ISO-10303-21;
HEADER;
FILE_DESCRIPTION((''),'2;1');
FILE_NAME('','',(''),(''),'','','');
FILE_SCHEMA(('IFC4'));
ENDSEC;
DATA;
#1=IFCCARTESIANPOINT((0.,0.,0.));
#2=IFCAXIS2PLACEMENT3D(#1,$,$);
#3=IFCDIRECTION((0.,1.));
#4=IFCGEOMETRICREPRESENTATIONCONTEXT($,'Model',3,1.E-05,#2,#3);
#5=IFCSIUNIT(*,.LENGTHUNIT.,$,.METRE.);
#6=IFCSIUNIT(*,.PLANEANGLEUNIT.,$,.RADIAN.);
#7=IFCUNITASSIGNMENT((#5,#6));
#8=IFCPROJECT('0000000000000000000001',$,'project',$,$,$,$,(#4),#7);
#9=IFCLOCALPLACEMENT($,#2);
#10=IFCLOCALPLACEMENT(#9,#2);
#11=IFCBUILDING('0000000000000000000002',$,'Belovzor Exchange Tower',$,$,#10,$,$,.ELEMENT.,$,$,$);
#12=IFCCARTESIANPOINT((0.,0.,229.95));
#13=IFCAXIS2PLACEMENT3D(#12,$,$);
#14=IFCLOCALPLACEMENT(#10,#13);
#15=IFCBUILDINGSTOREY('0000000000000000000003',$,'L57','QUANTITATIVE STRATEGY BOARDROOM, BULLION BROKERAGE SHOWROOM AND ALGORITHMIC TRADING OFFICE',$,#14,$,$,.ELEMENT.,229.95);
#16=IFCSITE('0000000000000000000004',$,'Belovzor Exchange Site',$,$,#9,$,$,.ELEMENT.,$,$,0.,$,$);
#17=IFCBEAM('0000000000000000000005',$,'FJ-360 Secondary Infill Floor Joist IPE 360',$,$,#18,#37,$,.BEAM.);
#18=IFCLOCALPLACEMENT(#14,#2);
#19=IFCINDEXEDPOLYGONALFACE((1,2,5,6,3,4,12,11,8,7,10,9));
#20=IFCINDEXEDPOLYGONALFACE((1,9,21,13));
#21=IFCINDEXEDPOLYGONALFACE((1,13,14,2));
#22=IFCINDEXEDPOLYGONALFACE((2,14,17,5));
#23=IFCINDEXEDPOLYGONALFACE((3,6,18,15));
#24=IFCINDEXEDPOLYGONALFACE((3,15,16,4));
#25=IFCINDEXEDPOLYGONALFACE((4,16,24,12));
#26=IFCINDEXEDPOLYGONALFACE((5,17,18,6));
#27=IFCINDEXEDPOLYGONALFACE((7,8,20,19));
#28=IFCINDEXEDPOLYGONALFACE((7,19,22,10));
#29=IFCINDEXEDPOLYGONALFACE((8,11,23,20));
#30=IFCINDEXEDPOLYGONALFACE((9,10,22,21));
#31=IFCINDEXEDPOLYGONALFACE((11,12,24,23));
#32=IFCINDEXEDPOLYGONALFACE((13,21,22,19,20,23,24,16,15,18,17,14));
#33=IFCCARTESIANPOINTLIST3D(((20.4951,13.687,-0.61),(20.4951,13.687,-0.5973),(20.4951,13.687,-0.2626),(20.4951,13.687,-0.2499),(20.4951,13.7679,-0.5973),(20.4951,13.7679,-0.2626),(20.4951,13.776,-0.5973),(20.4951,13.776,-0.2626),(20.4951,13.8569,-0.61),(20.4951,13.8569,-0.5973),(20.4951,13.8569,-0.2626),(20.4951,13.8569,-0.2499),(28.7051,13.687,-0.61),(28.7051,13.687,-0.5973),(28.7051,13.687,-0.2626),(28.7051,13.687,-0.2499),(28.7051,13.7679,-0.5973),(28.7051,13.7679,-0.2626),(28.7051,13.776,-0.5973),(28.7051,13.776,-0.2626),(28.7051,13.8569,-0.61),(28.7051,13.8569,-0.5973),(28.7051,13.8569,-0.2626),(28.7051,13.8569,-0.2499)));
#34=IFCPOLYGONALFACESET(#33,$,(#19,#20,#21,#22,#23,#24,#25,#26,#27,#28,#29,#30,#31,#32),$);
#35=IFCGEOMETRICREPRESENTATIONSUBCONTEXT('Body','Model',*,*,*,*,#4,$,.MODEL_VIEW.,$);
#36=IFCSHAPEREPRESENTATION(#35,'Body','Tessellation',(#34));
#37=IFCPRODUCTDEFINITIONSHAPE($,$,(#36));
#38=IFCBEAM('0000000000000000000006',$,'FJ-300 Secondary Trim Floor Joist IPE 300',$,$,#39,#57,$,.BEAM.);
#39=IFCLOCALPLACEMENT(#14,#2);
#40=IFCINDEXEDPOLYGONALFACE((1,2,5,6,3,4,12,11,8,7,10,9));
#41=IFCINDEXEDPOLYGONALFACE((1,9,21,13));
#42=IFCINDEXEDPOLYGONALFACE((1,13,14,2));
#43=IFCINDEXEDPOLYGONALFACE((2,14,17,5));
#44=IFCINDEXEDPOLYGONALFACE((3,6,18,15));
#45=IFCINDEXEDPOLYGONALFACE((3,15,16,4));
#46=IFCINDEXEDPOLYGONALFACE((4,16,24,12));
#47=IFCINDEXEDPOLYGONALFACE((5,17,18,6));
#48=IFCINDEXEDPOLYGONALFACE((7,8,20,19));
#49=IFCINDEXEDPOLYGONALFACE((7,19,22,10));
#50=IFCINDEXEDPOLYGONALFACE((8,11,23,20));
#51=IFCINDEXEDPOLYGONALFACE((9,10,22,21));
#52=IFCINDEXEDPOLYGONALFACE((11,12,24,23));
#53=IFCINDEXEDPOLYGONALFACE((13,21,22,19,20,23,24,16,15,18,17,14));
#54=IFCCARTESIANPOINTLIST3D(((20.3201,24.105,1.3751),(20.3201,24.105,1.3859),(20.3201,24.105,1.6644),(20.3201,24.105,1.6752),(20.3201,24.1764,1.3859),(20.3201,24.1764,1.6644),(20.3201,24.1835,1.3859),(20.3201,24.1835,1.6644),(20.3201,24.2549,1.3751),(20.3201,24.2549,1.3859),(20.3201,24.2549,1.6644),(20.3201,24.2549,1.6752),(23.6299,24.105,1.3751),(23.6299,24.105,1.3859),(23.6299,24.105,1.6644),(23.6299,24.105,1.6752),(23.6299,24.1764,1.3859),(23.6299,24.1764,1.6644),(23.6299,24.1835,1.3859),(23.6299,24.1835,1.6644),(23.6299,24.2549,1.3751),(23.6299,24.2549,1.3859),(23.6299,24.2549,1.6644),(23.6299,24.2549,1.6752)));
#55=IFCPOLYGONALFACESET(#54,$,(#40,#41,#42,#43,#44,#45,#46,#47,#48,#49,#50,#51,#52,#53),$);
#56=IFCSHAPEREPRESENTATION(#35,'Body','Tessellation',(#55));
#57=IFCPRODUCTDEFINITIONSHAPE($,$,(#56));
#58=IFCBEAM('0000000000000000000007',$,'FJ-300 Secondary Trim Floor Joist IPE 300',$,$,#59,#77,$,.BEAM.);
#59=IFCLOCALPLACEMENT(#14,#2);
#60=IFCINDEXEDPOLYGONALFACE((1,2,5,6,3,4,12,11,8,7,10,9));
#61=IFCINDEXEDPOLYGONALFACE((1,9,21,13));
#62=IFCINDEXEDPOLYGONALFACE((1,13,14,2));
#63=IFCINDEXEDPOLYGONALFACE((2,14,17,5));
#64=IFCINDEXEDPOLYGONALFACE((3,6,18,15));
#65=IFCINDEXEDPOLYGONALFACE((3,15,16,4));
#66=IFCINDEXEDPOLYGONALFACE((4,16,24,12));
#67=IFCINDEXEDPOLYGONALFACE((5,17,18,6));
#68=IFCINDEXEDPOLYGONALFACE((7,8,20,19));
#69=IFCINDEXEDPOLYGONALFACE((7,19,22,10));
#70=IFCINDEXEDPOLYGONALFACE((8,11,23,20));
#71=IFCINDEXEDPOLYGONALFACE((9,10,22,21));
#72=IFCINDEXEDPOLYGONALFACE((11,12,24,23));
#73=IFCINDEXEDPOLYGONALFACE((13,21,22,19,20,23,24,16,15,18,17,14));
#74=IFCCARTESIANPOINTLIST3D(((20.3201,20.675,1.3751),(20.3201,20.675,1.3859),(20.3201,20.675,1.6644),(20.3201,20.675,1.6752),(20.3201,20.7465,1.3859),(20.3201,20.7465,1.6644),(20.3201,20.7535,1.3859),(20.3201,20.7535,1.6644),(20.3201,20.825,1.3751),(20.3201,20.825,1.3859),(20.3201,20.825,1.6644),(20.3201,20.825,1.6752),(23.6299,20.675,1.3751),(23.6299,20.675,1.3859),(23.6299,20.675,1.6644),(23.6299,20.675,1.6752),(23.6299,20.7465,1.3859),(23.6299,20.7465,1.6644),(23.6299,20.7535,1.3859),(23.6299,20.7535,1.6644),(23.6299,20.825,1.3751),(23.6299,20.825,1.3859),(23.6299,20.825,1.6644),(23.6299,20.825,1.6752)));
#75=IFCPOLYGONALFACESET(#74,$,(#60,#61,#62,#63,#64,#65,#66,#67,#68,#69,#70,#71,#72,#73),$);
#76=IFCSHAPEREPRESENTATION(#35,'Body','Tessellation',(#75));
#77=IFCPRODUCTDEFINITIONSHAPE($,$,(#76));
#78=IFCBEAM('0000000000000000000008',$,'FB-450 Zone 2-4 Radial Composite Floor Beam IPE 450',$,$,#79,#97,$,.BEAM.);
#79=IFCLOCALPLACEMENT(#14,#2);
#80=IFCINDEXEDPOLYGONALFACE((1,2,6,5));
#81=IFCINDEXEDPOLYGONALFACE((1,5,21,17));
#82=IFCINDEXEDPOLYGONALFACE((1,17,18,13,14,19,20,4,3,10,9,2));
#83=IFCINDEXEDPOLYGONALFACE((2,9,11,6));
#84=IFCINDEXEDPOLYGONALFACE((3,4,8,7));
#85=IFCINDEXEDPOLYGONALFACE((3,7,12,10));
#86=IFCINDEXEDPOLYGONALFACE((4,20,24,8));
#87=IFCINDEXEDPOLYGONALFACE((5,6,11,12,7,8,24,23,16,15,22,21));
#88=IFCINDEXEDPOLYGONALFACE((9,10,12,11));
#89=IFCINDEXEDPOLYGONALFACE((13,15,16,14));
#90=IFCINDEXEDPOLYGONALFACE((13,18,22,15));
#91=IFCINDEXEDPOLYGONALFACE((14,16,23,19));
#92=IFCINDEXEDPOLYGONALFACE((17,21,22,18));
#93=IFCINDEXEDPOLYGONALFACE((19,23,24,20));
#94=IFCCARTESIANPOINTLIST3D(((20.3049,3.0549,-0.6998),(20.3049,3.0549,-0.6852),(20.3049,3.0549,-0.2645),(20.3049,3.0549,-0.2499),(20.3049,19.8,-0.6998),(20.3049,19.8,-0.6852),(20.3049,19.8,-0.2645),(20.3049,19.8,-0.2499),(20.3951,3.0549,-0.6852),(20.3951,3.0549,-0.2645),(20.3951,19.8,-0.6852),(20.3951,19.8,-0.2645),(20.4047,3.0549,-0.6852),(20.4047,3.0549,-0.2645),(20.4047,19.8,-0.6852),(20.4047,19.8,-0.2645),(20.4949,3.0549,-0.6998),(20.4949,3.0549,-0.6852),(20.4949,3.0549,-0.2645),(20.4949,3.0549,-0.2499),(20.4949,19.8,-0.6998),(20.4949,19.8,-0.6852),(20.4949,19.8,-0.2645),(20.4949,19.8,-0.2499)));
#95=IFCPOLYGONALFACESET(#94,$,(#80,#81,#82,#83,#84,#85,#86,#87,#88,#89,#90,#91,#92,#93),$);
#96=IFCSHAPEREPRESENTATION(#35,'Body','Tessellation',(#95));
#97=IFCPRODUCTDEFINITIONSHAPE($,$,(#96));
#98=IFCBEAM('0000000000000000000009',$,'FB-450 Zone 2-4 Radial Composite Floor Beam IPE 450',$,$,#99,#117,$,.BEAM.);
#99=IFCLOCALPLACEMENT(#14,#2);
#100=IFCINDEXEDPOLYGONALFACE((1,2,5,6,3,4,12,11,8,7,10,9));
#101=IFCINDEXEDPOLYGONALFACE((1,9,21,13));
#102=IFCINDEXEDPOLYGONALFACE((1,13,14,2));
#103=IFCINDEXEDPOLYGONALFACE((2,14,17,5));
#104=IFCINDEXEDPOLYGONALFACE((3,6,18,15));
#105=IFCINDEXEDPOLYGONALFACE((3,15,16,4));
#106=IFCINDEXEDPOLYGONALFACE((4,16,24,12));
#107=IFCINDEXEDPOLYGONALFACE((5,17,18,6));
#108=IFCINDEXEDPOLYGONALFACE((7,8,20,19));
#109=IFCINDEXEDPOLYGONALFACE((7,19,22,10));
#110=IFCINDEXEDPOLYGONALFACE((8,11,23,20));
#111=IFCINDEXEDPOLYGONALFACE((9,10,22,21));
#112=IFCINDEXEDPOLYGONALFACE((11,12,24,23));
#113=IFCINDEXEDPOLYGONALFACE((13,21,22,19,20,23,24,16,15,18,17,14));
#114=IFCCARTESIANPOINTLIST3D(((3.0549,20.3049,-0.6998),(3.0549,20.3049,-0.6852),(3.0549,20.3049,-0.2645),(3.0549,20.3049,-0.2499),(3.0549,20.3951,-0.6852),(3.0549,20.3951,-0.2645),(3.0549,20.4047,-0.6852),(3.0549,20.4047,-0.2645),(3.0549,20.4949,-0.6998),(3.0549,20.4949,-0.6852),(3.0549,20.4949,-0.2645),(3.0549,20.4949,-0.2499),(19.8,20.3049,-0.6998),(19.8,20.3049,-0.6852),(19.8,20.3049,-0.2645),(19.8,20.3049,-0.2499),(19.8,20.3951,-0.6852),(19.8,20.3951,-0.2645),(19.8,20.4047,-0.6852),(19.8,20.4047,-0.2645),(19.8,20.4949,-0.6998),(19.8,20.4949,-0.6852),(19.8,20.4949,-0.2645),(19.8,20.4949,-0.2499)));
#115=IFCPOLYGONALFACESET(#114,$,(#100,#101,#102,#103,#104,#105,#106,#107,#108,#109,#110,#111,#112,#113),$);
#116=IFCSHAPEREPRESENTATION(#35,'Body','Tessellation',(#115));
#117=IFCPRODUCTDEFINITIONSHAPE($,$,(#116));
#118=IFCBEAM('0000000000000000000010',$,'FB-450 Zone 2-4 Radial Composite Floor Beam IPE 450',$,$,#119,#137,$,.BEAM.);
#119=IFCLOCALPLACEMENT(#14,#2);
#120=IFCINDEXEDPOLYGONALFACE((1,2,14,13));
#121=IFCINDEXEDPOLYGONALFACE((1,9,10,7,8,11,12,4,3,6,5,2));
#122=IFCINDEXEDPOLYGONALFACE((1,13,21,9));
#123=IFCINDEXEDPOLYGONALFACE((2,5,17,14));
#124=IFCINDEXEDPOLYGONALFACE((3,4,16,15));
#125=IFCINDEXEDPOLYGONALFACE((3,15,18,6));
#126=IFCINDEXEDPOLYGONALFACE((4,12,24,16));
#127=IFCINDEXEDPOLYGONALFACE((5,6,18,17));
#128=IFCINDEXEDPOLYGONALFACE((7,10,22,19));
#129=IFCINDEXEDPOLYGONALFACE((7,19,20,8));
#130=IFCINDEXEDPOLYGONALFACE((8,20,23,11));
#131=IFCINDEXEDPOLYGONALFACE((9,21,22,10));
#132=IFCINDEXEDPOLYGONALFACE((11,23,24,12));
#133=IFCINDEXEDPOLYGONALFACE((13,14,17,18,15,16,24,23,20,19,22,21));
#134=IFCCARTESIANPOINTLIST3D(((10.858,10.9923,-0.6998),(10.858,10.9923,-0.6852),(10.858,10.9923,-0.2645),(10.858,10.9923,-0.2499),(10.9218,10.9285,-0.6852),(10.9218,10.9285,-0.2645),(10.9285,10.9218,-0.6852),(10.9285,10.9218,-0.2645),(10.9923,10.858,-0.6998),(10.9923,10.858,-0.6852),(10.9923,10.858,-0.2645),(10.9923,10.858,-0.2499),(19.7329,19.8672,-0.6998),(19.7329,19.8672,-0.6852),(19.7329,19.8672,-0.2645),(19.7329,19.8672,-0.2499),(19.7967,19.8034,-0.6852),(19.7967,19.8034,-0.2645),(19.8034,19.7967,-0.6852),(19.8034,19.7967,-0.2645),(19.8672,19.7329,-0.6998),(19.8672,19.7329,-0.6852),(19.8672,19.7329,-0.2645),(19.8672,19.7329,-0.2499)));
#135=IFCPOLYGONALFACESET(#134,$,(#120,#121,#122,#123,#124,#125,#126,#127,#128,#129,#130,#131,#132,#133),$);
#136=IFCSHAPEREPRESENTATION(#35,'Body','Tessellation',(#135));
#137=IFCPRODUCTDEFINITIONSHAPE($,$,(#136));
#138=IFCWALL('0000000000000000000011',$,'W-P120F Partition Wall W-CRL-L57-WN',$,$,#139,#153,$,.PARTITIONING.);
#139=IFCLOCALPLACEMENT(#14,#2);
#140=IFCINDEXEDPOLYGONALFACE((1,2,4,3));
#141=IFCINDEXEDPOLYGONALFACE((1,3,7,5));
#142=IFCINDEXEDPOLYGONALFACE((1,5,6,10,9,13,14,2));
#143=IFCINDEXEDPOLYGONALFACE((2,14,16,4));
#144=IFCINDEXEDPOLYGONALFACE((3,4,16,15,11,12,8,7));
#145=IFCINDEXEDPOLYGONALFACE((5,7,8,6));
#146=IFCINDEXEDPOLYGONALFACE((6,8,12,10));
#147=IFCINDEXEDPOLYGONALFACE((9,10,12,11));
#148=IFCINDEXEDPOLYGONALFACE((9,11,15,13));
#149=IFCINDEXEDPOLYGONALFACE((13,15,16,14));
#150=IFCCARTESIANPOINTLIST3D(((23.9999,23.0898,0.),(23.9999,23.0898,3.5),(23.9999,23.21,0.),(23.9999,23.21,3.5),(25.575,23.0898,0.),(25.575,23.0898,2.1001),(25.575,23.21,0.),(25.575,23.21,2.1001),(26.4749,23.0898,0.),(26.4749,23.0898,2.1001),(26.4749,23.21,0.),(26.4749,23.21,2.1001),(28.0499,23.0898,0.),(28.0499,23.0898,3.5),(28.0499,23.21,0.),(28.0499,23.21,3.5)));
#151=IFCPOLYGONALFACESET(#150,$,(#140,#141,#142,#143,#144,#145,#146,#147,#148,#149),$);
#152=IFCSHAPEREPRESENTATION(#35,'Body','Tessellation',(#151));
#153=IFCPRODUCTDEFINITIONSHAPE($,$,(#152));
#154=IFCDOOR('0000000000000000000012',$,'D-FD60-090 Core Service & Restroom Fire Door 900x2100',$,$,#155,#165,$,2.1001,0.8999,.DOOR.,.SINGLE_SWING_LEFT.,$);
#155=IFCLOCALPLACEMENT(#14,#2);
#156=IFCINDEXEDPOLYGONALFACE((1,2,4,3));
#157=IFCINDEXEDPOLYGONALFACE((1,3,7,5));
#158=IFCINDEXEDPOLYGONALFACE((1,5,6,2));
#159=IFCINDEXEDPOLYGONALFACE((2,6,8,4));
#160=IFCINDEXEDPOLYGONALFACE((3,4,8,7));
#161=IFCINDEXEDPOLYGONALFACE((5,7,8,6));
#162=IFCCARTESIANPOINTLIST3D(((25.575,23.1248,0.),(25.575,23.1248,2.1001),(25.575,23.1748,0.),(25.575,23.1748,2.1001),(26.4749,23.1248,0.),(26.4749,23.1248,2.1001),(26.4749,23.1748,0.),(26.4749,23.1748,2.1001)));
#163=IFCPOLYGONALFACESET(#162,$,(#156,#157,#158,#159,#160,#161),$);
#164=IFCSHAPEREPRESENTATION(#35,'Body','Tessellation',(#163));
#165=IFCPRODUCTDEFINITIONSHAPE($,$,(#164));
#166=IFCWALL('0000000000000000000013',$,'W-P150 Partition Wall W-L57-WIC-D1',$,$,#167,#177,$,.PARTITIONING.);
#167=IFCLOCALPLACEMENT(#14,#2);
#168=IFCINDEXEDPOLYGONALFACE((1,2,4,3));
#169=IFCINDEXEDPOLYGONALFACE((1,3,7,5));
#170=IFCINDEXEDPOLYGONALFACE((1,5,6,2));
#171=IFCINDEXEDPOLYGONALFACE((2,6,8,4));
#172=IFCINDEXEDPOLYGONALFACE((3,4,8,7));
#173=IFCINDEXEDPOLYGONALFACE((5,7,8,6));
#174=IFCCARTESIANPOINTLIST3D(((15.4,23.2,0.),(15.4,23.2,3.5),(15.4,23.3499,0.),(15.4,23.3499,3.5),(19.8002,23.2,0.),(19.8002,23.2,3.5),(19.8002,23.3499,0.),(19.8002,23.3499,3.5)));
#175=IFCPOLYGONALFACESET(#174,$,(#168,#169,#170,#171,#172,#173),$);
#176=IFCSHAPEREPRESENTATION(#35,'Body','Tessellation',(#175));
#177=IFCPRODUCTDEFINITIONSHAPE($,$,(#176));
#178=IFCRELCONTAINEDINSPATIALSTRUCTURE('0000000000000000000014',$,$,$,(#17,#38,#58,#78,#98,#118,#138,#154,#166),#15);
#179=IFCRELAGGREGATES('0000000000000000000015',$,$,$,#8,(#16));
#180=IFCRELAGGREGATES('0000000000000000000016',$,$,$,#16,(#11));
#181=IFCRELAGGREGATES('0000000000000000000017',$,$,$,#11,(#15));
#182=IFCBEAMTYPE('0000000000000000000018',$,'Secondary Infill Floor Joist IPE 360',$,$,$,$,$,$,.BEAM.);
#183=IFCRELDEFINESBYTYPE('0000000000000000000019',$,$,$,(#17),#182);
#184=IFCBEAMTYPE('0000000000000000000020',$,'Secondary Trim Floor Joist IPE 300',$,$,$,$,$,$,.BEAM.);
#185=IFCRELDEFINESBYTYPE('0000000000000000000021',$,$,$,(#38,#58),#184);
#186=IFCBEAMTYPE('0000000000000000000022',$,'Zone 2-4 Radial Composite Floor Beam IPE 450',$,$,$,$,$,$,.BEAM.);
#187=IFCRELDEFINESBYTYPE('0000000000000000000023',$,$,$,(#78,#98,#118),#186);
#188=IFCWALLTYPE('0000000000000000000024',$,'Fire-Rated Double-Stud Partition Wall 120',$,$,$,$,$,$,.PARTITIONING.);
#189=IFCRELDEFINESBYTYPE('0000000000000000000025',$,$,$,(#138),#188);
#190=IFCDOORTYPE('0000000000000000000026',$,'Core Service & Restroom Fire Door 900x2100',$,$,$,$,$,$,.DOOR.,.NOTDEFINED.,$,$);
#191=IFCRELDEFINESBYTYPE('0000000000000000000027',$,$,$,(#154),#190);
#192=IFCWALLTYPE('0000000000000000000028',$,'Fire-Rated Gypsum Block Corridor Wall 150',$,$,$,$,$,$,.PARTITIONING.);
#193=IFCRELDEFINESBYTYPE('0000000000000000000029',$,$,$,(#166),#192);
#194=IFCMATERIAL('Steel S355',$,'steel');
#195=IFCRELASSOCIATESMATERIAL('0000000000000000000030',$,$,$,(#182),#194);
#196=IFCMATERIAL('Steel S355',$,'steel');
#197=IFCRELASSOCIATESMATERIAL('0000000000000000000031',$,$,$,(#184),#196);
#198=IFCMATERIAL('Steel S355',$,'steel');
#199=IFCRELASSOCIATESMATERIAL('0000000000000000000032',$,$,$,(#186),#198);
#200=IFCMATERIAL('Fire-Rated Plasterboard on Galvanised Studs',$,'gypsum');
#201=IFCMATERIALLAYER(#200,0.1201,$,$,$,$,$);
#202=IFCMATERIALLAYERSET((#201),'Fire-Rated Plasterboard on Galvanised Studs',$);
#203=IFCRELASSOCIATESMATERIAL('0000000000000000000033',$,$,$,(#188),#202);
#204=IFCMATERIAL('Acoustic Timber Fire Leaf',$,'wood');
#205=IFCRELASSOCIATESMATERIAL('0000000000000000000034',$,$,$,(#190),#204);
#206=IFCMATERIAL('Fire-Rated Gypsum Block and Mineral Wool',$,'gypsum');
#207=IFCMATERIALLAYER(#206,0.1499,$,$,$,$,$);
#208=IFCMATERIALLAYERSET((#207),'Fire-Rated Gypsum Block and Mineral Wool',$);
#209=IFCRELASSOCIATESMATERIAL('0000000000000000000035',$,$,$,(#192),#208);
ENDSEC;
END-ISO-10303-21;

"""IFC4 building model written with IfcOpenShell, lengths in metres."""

from ifc_helpers import new_model, si_unit, direction, frame, frame_2d, origin, origin_2d, place, context, subcontext, project, spatial, rectangle, i_section, extrude, material, layer, layer_set, material_profile, profile_set, type_object, element, fill, save


model = new_model("IFC4")

# Units and contexts
model_context = context("Model", 3, precision=1e-05, world=origin(), true_north=direction((0.0, 1.0)))
body_context = subcontext(model_context, "Body", "Model", "MODEL_VIEW")
ifc_project = project(units=[si_unit("LENGTHUNIT", "METRE"), si_unit("PLANEANGLEUNIT", "RADIAN")], contexts=[model_context])

# Site, building, storey
site_placement = place(None, origin())
site = spatial("IfcSite", under=ifc_project, at=site_placement, Name="Belovzor Exchange Site", CompositionType="ELEMENT", RefElevation=0.0)
building_placement = place(site_placement, origin())
building = spatial("IfcBuilding", under=site, at=building_placement, Name="Belovzor Exchange Tower", CompositionType="ELEMENT")
storey_placement = place(building_placement, frame((0.0, 0.0, 229.95)))
storey = spatial("IfcBuildingStorey", under=building, at=storey_placement, Name="L57", Description="QUANTITATIVE STRATEGY BOARDROOM, BULLION BROKERAGE SHOWROOM AND ALGORITHMIC TRADING OFFICE", CompositionType="ELEMENT", Elevation=229.95)

# Beams
ifc_material_1 = material(Name="Steel S355", Category="steel")
ifc_material_profile_1 = material_profile(ifc_material_1, i_section(OverallWidth=0.1699, OverallDepth=0.3601, WebThickness=0.0081, FlangeThickness=0.0127, at=origin_2d()))
ifc_profile_set_1 = profile_set([ifc_material_profile_1], Name="Steel S355")
beam_type_1 = type_object("IfcBeamType", Name="Secondary Infill Floor Joist IPE 360", PredefinedType="BEAM", material=ifc_profile_set_1)
beam_1_placement = place(storey_placement, frame((20.4951, 13.772, -0.4299), z_axis=(1.0, 0.0, 0.0), x_axis=(0.0, 1.0, 0.0)))
element("IfcBeam", 1, at=beam_1_placement, inside=storey, type_object=beam_type_1, Name="FJ-360 Secondary Infill Floor Joist IPE 360", PredefinedType="BEAM", context=body_context, shape_type="SweptSolid", body=[
    extrude(i_section(OverallWidth=0.1699, OverallDepth=0.3601, WebThickness=0.0081, FlangeThickness=0.0127, at=origin_2d()), origin(), (0.0, 0.0, 1.0), 8.21),
])
ifc_material_2 = material(Name="Steel S355", Category="steel")
ifc_material_profile_2 = material_profile(ifc_material_2, i_section(OverallWidth=0.1499, OverallDepth=0.3, WebThickness=0.0071, FlangeThickness=0.0107, at=origin_2d()))
ifc_profile_set_2 = profile_set([ifc_material_profile_2], Name="Steel S355")
beam_type_2 = type_object("IfcBeamType", Name="Secondary Trim Floor Joist IPE 300", PredefinedType="BEAM", material=ifc_profile_set_2)
for number, where, z_axis, x_axis, name in (
    (2, (20.3201, 24.1799, 1.5251), (1.0, 0.0, 0.0), (0.0, 1.0, 0.0), "FJ-300 Secondary Trim Floor Joist IPE 300"),
    (3, (20.3201, 20.75, 1.5251), (1.0, 0.0, 0.0), (0.0, 1.0, 0.0), "FJ-300 Secondary Trim Floor Joist IPE 300"),
):
    element("IfcBeam", number, at=place(storey_placement, frame(where, z_axis=z_axis, x_axis=x_axis)), inside=storey, type_object=beam_type_2, Name=name, PredefinedType="BEAM", context=body_context, shape_type="SweptSolid", body=[
        extrude(i_section(OverallWidth=0.1499, OverallDepth=0.3, WebThickness=0.0071, FlangeThickness=0.0107, at=origin_2d()), origin(), (0.0, 0.0, 1.0), 3.3098),
    ])
ifc_material_3 = material(Name="Steel S355", Category="steel")
ifc_material_profile_3 = material_profile(ifc_material_3, i_section(OverallWidth=0.1899, OverallDepth=0.45, WebThickness=0.0095, FlangeThickness=0.0146, at=origin_2d()))
ifc_profile_set_3 = profile_set([ifc_material_profile_3], Name="Steel S355")
beam_type_3 = type_object("IfcBeamType", Name="Zone 2-4 Radial Composite Floor Beam IPE 450", PredefinedType="BEAM", material=ifc_profile_set_3)
for number, where, z_axis, x_axis, name in (
    (4, (20.3999, 19.8, -0.4749), (0.0, -1.0, 0.0), (1.0, 0.0, 0.0), "FB-450 Zone 2-4 Radial Composite Floor Beam IPE 450"),
    (5, (19.8, 20.3999, -0.4749), (-1.0, 0.0, 0.0), (0.0, -1.0, 0.0), "FB-450 Zone 2-4 Radial Composite Floor Beam IPE 450"),
):
    element("IfcBeam", number, at=place(storey_placement, frame(where, z_axis=z_axis, x_axis=x_axis)), inside=storey, type_object=beam_type_3, Name=name, PredefinedType="BEAM", context=body_context, shape_type="SweptSolid", body=[
        extrude(i_section(OverallWidth=0.1899, OverallDepth=0.45, WebThickness=0.0095, FlangeThickness=0.0146, at=origin_2d()), origin(), (0.0, 0.0, 1.0), 16.7451),
    ])
beam_2_placement = place(storey_placement, frame((19.8, 19.8, -0.4749), z_axis=(-0.707107, -0.707107, 0.0), x_axis=(0.707107, -0.707107, 0.0)))
element("IfcBeam", 6, at=beam_2_placement, inside=storey, type_object=beam_type_3, Name="FB-450 Zone 2-4 Radial Composite Floor Beam IPE 450", PredefinedType="BEAM", context=body_context, shape_type="SweptSolid", body=[
    extrude(i_section(OverallWidth=0.1899, OverallDepth=0.45, WebThickness=0.0095, FlangeThickness=0.0146, at=origin_2d()), origin(), (0.0, 0.0, 1.0), 12.551),
])

# Wall, opening, door
ifc_material_4 = material(Name="Fire-Rated Plasterboard on Galvanised Studs", Category="gypsum")
ifc_layer_1 = layer(ifc_material_4, 0.1201)
ifc_layer_set_1 = layer_set([ifc_layer_1], Name="Fire-Rated Plasterboard on Galvanised Studs")
wall_type_1 = type_object("IfcWallType", Name="Fire-Rated Double-Stud Partition Wall 120", PredefinedType="PARTITIONING", material=ifc_layer_set_1)
wall_1_placement = place(storey_placement, frame((24.0, 23.1499, 0.0), z_axis=(0.0, 0.0, 1.0), x_axis=(1.0, 0.0, 0.0)))
wall_1 = element("IfcWall", 7, at=wall_1_placement, inside=storey, type_object=wall_type_1, Name="W-P120F Partition Wall W-CRL-L57-WN", PredefinedType="PARTITIONING", context=body_context, shape_type="SweptSolid", body=[
    extrude(rectangle(XDim=4.05, YDim=0.1201, at=frame_2d((2.0249, 0.0))), origin(), (0.0, 0.0, 1.0), 3.5),
])
opening_1_placement = place(wall_1_placement, frame((1.575, 0.0, 0.0)))
opening_1 = element("IfcOpeningElement", 8, at=opening_1_placement, cuts=wall_1, PredefinedType="OPENING", context=body_context, shape_type="SweptSolid", body=[
    extrude(rectangle(XDim=0.8999, YDim=2.1001, at=frame_2d((0.45, 1.05))), frame((0.0, 0.0701, 0.0), z_axis=(0.0, -1.0, 0.0), x_axis=(1.0, 0.0, 0.0)), (0.0, 0.0, 1.0), 0.1401),
])
ifc_material_5 = material(Name="Acoustic Timber Fire Leaf", Category="wood")
door_type_1 = type_object("IfcDoorType", Name="Core Service & Restroom Fire Door 900x2100", OperationType="NOTDEFINED", PredefinedType="DOOR", material=ifc_material_5)
door_1_placement = place(opening_1_placement, origin())
door_1 = element("IfcDoor", 9, at=door_1_placement, inside=storey, type_object=door_type_1, Name="D-FD60-090 Core Service & Restroom Fire Door 900x2100", OperationType="SINGLE_SWING_LEFT", OverallHeight=2.1001, OverallWidth=0.8999, PredefinedType="DOOR", context=body_context, shape_type="SweptSolid", body=[
    extrude(rectangle(XDim=0.8999, YDim=2.1001, at=frame_2d((0.45, 1.05))), frame((0.0, 0.0249, 0.0), z_axis=(0.0, -1.0, 0.0), x_axis=(1.0, 0.0, 0.0)), (0.0, 0.0, 1.0), 0.05),
])
fill(opening_1, door_1)

# Wall
ifc_material_6 = material(Name="Fire-Rated Gypsum Block and Mineral Wool", Category="gypsum")
ifc_layer_2 = layer(ifc_material_6, 0.1499)
ifc_layer_set_2 = layer_set([ifc_layer_2], Name="Fire-Rated Gypsum Block and Mineral Wool")
wall_type_2 = type_object("IfcWallType", Name="Fire-Rated Gypsum Block Corridor Wall 150", PredefinedType="PARTITIONING", material=ifc_layer_set_2)
wall_2_placement = place(storey_placement, frame((15.3999, 23.2749, 0.0), z_axis=(0.0, 0.0, 1.0), x_axis=(1.0, 0.0, 0.0)))
element("IfcWall", 10, at=wall_2_placement, inside=storey, type_object=wall_type_2, Name="W-P150 Partition Wall W-L57-WIC-D1", PredefinedType="PARTITIONING", context=body_context, shape_type="SweptSolid", body=[
    extrude(rectangle(XDim=4.4001, YDim=0.1499, at=frame_2d((2.2002, 0.0))), origin(), (0.0, 0.0, 1.0), 3.5),
])

save(model, "model.ifc")
